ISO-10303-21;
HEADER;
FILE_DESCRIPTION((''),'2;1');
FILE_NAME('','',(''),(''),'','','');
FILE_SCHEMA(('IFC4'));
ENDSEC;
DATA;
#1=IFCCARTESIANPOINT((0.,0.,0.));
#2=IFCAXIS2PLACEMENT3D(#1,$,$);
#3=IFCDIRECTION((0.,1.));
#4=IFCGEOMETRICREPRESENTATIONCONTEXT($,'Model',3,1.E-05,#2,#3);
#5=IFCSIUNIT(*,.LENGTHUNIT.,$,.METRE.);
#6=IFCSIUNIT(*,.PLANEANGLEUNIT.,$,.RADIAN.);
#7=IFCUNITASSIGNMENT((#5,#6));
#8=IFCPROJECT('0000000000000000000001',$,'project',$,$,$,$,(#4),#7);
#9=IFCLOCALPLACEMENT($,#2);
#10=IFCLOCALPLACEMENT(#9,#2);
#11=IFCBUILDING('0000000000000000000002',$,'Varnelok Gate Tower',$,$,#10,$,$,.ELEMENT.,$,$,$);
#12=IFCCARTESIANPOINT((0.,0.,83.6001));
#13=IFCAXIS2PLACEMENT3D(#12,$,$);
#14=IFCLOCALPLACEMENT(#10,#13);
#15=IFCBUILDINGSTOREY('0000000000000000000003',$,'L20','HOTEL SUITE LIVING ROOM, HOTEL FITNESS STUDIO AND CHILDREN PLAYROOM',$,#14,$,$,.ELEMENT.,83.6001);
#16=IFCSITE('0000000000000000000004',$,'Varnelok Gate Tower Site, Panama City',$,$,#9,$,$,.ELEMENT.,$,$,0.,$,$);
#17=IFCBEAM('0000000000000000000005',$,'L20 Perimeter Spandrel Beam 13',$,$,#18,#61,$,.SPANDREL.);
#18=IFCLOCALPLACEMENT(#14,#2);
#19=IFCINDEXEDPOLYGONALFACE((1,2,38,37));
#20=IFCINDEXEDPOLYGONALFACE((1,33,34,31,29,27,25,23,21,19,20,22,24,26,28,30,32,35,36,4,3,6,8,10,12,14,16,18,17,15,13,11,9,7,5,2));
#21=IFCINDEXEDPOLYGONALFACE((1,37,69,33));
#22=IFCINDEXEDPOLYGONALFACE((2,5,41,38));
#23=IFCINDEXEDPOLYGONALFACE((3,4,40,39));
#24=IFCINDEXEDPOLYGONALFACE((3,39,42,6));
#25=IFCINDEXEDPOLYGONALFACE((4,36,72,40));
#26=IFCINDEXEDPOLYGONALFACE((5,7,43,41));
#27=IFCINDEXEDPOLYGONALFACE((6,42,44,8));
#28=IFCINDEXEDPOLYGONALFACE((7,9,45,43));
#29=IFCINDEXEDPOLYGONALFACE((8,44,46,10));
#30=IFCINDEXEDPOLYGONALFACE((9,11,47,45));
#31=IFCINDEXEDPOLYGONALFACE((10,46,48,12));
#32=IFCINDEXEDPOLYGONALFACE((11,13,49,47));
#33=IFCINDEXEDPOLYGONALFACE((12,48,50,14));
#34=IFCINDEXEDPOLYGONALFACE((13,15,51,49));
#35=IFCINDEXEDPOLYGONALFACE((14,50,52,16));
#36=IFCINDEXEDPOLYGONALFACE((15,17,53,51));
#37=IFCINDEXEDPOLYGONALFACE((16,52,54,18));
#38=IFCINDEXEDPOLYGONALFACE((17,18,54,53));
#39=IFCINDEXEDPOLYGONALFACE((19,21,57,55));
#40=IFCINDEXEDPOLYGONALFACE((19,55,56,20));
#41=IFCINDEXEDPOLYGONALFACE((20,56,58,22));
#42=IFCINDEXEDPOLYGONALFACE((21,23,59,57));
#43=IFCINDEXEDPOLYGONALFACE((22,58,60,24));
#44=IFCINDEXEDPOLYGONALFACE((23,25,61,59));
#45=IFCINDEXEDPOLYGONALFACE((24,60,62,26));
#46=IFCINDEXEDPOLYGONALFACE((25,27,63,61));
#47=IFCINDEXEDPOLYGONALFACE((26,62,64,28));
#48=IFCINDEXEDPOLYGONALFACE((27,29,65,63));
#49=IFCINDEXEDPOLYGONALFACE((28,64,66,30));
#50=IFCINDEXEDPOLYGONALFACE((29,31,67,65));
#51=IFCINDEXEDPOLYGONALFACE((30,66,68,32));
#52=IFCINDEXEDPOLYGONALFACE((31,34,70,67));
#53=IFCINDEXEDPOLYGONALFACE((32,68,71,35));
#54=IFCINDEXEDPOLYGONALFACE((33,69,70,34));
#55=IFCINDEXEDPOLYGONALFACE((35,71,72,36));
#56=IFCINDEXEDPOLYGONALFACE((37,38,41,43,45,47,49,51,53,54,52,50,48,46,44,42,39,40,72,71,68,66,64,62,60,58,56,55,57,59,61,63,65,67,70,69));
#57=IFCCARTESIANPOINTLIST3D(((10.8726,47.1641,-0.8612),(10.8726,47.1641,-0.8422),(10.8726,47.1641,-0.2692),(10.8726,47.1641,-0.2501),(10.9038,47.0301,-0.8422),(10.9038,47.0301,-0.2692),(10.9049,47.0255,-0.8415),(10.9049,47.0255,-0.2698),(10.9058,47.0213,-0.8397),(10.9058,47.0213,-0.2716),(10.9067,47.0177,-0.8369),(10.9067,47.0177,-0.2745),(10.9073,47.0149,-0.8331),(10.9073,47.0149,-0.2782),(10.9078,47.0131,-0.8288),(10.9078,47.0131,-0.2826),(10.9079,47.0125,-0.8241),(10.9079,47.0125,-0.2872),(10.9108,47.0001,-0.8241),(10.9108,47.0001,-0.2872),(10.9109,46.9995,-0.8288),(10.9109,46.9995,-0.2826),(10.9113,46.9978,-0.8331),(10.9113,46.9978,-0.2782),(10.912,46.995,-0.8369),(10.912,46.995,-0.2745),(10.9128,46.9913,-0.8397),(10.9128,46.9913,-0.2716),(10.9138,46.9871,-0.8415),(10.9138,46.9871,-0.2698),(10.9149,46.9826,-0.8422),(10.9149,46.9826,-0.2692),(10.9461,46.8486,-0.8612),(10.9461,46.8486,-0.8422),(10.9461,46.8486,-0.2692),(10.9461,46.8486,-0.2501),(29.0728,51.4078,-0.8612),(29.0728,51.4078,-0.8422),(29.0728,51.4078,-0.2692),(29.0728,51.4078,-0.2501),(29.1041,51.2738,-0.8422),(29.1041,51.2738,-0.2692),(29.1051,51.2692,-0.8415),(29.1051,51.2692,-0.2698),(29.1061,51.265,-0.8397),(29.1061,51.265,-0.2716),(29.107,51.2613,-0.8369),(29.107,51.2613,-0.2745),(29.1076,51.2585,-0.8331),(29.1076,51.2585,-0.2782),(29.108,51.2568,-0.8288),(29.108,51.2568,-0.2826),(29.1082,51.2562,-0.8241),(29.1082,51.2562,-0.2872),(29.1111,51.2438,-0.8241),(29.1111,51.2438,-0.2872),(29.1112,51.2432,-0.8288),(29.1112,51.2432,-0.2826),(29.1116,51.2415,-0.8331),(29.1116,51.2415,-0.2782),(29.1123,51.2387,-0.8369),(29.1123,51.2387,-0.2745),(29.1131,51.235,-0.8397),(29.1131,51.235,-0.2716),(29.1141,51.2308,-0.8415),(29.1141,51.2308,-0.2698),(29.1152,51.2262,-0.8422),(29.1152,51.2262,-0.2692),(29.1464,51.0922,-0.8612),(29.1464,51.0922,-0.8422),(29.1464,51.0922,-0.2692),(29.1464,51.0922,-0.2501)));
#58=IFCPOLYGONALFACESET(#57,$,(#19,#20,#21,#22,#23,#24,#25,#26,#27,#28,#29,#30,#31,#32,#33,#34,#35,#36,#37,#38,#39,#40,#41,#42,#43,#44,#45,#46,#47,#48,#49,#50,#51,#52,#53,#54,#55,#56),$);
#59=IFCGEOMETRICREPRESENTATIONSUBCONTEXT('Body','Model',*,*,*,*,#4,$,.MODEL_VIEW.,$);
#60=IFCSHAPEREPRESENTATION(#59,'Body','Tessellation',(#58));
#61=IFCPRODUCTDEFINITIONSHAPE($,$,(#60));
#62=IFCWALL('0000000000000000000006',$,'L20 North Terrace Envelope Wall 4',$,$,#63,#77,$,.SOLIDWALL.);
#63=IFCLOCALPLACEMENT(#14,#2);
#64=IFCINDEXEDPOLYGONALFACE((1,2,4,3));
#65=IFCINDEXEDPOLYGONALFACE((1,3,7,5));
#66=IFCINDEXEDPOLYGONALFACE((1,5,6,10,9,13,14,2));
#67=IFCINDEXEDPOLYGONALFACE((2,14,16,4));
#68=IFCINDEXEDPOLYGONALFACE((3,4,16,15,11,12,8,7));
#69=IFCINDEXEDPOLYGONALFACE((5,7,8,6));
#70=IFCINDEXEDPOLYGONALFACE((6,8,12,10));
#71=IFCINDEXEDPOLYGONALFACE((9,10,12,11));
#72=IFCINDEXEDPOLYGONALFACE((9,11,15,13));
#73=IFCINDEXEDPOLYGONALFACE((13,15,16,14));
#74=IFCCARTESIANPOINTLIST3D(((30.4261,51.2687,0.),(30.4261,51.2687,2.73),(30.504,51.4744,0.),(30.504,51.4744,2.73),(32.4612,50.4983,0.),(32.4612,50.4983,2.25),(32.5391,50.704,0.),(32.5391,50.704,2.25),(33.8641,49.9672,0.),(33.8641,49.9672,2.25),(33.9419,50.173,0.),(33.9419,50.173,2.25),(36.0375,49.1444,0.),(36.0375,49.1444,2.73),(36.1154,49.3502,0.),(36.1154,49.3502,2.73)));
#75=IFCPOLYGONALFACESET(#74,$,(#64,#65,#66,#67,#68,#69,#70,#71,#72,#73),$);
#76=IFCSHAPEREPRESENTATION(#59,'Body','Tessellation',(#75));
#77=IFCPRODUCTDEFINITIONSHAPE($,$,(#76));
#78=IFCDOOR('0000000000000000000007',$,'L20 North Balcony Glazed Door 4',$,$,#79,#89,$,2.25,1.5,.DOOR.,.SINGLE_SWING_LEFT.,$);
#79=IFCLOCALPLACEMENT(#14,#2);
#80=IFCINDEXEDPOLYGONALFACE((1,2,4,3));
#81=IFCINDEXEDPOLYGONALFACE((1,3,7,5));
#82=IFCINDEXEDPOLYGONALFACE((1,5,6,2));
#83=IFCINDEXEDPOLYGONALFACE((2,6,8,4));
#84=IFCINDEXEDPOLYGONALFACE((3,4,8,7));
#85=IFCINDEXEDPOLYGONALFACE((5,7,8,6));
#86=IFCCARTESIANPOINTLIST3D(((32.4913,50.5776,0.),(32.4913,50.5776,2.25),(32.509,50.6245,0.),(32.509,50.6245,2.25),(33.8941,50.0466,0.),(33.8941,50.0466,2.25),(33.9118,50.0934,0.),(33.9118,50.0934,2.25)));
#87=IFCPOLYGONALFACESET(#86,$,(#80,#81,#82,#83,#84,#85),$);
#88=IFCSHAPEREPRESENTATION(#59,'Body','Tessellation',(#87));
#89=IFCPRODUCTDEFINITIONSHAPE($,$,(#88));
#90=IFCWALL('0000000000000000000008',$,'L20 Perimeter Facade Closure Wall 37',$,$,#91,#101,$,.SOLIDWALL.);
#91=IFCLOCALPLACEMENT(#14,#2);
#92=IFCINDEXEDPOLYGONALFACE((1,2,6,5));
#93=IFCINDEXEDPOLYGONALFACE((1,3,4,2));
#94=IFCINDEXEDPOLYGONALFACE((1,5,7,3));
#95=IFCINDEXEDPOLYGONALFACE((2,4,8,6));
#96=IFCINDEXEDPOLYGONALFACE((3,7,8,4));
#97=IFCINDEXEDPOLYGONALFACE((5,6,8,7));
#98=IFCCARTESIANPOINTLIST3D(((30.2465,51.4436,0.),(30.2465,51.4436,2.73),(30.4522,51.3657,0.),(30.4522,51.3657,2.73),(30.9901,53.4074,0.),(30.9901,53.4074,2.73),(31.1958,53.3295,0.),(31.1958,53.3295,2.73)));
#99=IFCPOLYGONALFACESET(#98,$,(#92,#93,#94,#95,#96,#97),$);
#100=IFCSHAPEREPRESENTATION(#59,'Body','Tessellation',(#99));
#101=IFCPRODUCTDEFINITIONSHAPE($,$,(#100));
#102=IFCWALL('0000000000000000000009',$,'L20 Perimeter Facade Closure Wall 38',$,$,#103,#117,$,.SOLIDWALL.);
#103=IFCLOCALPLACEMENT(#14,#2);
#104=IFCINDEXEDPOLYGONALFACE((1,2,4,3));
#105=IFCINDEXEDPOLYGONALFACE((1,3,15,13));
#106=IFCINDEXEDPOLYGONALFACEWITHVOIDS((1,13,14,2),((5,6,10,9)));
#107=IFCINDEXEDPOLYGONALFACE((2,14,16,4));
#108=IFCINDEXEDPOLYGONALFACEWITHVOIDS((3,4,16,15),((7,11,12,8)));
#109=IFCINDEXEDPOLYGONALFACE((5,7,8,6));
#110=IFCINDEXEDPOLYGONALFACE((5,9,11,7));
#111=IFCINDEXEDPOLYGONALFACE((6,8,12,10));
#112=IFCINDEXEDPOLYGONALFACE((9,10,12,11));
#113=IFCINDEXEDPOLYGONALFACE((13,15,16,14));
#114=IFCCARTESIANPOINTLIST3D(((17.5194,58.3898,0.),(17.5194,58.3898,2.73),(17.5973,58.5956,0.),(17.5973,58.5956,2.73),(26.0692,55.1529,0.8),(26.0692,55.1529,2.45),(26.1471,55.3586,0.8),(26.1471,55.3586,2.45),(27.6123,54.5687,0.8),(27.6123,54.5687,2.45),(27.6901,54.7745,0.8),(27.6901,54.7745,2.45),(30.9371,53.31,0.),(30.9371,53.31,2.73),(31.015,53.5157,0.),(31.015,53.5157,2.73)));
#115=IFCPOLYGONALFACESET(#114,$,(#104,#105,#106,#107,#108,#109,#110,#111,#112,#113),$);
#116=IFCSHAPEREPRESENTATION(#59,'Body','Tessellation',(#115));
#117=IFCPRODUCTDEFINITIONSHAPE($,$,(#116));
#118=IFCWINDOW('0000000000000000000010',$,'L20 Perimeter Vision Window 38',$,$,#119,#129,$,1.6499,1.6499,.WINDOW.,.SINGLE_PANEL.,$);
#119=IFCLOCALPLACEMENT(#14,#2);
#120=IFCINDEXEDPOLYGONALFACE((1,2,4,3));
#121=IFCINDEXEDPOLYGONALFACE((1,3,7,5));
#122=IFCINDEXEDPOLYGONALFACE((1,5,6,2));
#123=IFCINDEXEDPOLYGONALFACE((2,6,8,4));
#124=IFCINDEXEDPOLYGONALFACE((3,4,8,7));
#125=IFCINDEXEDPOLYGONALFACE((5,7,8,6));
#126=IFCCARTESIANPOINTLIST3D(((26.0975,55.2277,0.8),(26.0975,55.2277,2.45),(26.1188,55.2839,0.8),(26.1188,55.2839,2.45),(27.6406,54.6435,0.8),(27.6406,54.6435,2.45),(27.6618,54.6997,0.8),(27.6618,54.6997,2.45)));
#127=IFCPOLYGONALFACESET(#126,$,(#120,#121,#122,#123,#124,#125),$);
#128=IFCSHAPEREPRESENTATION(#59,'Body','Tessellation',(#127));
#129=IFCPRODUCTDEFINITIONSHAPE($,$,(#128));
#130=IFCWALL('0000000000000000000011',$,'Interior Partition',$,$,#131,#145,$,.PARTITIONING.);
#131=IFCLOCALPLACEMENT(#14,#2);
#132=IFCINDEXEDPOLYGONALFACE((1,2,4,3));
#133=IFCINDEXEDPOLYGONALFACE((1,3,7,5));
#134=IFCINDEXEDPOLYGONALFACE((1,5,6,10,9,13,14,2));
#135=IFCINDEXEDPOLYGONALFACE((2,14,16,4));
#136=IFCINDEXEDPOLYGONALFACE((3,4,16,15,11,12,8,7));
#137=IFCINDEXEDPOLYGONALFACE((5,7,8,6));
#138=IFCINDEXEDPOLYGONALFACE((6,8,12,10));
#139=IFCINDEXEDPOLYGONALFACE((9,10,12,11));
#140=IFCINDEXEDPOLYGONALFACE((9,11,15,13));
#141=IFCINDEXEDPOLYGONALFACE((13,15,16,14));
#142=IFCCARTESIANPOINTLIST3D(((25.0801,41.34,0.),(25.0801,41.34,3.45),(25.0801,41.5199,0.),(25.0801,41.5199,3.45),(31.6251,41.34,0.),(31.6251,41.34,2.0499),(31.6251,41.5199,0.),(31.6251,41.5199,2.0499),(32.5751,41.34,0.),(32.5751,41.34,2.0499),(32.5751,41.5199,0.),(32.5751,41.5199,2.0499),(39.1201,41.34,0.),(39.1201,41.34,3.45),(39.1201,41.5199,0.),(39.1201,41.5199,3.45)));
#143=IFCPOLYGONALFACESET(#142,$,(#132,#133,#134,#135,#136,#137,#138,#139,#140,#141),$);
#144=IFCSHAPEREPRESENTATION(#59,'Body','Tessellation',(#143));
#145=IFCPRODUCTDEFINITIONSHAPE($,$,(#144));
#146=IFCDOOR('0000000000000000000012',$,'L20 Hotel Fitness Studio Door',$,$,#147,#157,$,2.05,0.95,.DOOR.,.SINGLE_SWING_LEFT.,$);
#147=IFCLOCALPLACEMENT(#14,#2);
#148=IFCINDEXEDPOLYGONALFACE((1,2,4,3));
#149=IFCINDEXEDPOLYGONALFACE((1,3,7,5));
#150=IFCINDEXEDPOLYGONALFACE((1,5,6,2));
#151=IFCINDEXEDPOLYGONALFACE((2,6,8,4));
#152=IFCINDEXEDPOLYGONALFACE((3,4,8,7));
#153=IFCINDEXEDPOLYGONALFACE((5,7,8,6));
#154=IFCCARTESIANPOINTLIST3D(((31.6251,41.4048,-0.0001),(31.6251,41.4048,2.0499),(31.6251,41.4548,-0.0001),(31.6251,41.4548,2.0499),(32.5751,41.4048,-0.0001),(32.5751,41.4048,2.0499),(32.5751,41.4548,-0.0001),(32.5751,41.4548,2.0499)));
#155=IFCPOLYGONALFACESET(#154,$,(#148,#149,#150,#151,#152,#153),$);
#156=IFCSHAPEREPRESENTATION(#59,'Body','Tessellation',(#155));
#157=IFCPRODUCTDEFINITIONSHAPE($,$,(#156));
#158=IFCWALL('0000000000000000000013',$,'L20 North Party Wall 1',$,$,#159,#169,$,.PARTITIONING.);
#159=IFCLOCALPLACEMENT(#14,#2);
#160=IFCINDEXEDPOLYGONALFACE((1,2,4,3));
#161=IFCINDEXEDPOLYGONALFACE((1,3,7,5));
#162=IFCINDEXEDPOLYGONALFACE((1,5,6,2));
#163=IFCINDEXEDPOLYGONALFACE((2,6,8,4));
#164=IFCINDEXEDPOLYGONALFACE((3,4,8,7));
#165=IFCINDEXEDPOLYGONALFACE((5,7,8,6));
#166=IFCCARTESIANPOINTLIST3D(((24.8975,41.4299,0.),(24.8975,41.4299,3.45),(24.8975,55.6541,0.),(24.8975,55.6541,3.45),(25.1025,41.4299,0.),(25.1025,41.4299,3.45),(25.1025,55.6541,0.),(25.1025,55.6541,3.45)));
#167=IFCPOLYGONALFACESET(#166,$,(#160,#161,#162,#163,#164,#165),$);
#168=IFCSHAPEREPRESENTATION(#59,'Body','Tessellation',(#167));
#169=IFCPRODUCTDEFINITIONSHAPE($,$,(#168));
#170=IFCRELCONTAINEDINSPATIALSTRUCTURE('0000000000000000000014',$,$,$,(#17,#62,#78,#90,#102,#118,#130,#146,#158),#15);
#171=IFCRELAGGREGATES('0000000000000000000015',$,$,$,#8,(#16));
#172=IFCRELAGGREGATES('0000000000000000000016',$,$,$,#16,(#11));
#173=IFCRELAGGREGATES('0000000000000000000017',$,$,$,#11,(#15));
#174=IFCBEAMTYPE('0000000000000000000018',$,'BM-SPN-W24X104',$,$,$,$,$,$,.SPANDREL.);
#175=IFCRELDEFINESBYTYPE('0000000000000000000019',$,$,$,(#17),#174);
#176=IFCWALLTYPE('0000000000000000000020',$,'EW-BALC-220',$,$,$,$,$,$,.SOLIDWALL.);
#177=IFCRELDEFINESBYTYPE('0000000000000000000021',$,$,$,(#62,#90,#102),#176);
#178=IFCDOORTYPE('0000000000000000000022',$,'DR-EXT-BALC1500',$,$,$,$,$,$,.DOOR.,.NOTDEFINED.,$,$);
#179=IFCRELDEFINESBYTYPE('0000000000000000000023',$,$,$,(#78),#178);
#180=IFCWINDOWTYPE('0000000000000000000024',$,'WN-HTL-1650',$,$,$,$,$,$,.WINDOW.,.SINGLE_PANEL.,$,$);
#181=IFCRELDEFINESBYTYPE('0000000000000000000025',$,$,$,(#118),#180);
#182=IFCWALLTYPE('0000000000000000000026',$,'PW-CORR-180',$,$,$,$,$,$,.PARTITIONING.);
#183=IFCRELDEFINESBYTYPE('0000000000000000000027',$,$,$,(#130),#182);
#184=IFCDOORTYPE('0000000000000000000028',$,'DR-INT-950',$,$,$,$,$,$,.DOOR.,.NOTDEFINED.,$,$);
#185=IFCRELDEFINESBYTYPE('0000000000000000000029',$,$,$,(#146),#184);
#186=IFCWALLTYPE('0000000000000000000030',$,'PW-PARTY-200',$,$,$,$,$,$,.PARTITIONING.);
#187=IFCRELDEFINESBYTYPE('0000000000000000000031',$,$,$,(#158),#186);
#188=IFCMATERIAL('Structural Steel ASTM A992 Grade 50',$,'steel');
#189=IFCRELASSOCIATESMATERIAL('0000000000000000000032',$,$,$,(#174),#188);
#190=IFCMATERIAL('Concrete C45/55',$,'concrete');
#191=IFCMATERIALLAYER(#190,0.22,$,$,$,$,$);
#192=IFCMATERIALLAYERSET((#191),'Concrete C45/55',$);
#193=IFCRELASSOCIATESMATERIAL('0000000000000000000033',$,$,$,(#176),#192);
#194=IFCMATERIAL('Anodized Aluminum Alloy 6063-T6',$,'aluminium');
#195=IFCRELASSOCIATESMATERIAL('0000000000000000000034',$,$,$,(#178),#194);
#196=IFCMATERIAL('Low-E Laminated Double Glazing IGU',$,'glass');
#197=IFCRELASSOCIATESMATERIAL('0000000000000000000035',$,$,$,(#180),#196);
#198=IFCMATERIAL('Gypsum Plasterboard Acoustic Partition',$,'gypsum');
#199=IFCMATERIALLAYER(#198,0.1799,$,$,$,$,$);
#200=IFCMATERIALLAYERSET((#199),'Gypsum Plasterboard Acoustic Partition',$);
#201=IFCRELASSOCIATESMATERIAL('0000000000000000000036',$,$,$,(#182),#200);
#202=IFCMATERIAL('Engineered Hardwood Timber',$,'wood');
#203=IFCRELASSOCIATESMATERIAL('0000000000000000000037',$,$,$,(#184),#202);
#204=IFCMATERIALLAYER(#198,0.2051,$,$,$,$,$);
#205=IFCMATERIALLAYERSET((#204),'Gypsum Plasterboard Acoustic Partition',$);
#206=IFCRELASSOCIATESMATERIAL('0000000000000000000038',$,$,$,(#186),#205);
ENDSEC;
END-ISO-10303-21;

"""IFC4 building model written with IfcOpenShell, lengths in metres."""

from ifc_helpers import new_model, si_unit, direction, frame, frame_2d, origin, origin_2d, place, context, subcontext, project, spatial, rectangle, i_section, extrude, material, layer, layer_set, material_profile, profile_set, type_object, element, fill, save


model = new_model("IFC4")

# Units and contexts
model_context = context("Model", 3, precision=1e-05, world=origin(), true_north=direction((0.0, 1.0)))
body_context = subcontext(model_context, "Body", "Model", "MODEL_VIEW")
ifc_project = project(units=[si_unit("LENGTHUNIT", "METRE"), si_unit("PLANEANGLEUNIT", "RADIAN")], contexts=[model_context])

# Site, building, storey
site_placement = place(None, origin())
site = spatial("IfcSite", under=ifc_project, at=site_placement, Name="Varnelok Gate Tower Site, Panama City", CompositionType="ELEMENT", RefElevation=0.0)
building_placement = place(site_placement, origin())
building = spatial("IfcBuilding", under=site, at=building_placement, Name="Varnelok Gate Tower", CompositionType="ELEMENT")
storey_placement = place(building_placement, frame((0.0, 0.0, 83.6001)))
storey = spatial("IfcBuildingStorey", under=building, at=storey_placement, Name="L20", Description="HOTEL SUITE LIVING ROOM, HOTEL FITNESS STUDIO AND CHILDREN PLAYROOM", CompositionType="ELEMENT", Elevation=83.6001)

# Shared definitions
ifc_material_1 = material(Name="Structural Steel ASTM A992 Grade 50", Category="steel")

# Beam
ifc_material_profile_1 = material_profile(ifc_material_1, i_section(OverallWidth=0.324, OverallDepth=0.6111, WebThickness=0.0127, FlangeThickness=0.019, FilletRadius=0.0181, at=origin_2d()), Name="W24X104")
ifc_profile_set_1 = profile_set([ifc_material_profile_1], Name="Structural Steel ASTM A992 Grade 50")
beam_type_1 = type_object("IfcBeamType", Name="BM-SPN-W24X104", PredefinedType="SPANDREL", material=ifc_profile_set_1)
beam_1_placement = place(storey_placement, frame((29.1096, 51.25, -0.5557), z_axis=(-0.973877, -0.227074, 0.0), x_axis=(0.227074, -0.973877, 0.0)))
element("IfcBeam", 1, at=beam_1_placement, inside=storey, type_object=beam_type_1, Name="L20 Perimeter Spandrel Beam 13", PredefinedType="SPANDREL", context=body_context, shape_type="SweptSolid", body=[
    extrude(i_section(OverallWidth=0.324, OverallDepth=0.6111, WebThickness=0.0127, FlangeThickness=0.019, FilletRadius=0.0181, at=origin_2d()), origin(), (0.0, 0.0, 1.0), 18.6885),
])

# Wall, opening, door
ifc_material_2 = material(Name="Concrete C45/55", Category="concrete")
ifc_layer_1 = layer(ifc_material_2, 0.22)
ifc_layer_set_1 = layer_set([ifc_layer_1], Name="Concrete C45/55")
wall_type_1 = type_object("IfcWallType", Name="EW-BALC-220", PredefinedType="SOLIDWALL", material=ifc_layer_set_1)
wall_1_placement = place(storey_placement, frame((30.4651, 51.3716, 0.0), z_axis=(0.0, 0.0, 1.0), x_axis=(0.935228, -0.354047, 0.0)))
wall_1 = element("IfcWall", 2, at=wall_1_placement, inside=storey, type_object=wall_type_1, Name="L20 North Terrace Envelope Wall 4", PredefinedType="SOLIDWALL", context=body_context, shape_type="SweptSolid", body=[
    extrude(rectangle(XDim=6.0, YDim=0.22, at=frame_2d((3.0, 0.0))), origin(), (0.0, 0.0, 1.0), 2.73),
])
opening_1_placement = place(wall_1_placement, frame((2.176, 0.0, 0.0)))
opening_1 = element("IfcOpeningElement", 3, at=opening_1_placement, cuts=wall_1, PredefinedType="OPENING", context=body_context, shape_type="SweptSolid", body=[
    extrude(rectangle(XDim=1.5, YDim=2.25, at=frame_2d((0.75, 1.125))), frame((0.0, 0.1199, 0.0), z_axis=(0.0, -1.0, 0.0), x_axis=(1.0, 0.0, 0.0)), (0.0, 0.0, 1.0), 0.24),
])
ifc_material_3 = material(Name="Anodized Aluminum Alloy 6063-T6", Category="aluminium")
door_type_1 = type_object("IfcDoorType", Name="DR-EXT-BALC1500", OperationType="NOTDEFINED", PredefinedType="DOOR", material=ifc_material_3)
door_1_placement = place(opening_1_placement, origin())
door_1 = element("IfcDoor", 4, at=door_1_placement, inside=storey, type_object=door_type_1, Name="L20 North Balcony Glazed Door 4", OperationType="SINGLE_SWING_LEFT", OverallHeight=2.25, OverallWidth=1.5, PredefinedType="DOOR", context=body_context, shape_type="SweptSolid", body=[
    extrude(rectangle(XDim=1.5, YDim=2.25, at=frame_2d((0.75, 1.125))), frame((0.0, 0.0249, 0.0), z_axis=(0.0, -1.0, 0.0), x_axis=(1.0, 0.0, 0.0)), (0.0, 0.0, 1.0), 0.05),
])
fill(opening_1, door_1)

# Wall
wall_2_placement = place(storey_placement, frame((30.3494, 51.4048, 0.0), z_axis=(0.0, 0.0, 1.0), x_axis=(0.354128, 0.935197, 0.0)))
element("IfcWall", 5, at=wall_2_placement, inside=storey, type_object=wall_type_1, Name="L20 Perimeter Facade Closure Wall 37", PredefinedType="SOLIDWALL", context=body_context, shape_type="SweptSolid", body=[
    extrude(rectangle(XDim=2.0999, YDim=0.22, at=frame_2d((1.0498, 0.0))), origin(), (0.0, 0.0, 1.0), 2.73),
])

# Wall, opening, window
wall_3_placement = place(storey_placement, frame((30.9761, 53.4128, 0.0), z_axis=(0.0, 0.0, 1.0), x_axis=(-0.93522, 0.354066, 0.0)))
wall_3 = element("IfcWall", 6, at=wall_3_placement, inside=storey, type_object=wall_type_1, Name="L20 Perimeter Facade Closure Wall 38", PredefinedType="SOLIDWALL", context=body_context, shape_type="SweptSolid", body=[
    extrude(rectangle(XDim=14.3472, YDim=0.22, at=frame_2d((7.1736, 0.0))), origin(), (0.0, 0.0, 1.0), 2.73),
])
opening_2_placement = place(wall_3_placement, frame((3.5552, 0.0, 0.8)))
opening_2 = element("IfcOpeningElement", 7, at=opening_2_placement, cuts=wall_3, PredefinedType="OPENING", context=body_context, shape_type="SweptSolid", body=[
    extrude(rectangle(XDim=1.6499, YDim=1.6499, at=frame_2d((0.825, 0.825))), frame((0.0, 0.1199, 0.0), z_axis=(0.0, -1.0, 0.0), x_axis=(1.0, 0.0, 0.0)), (0.0, 0.0, 1.0), 0.24),
])
ifc_material_4 = material(Name="Low-E Laminated Double Glazing IGU", Category="glass")
window_type = type_object("IfcWindowType", Name="WN-HTL-1650", PartitioningType="SINGLE_PANEL", PredefinedType="WINDOW", material=ifc_material_4)
window_placement = place(opening_2_placement, origin())
window = element("IfcWindow", 8, at=window_placement, inside=storey, type_object=window_type, Name="L20 Perimeter Vision Window 38", OverallHeight=1.6499, OverallWidth=1.6499, PartitioningType="SINGLE_PANEL", PredefinedType="WINDOW", context=body_context, shape_type="SweptSolid", body=[
    extrude(rectangle(XDim=1.6499, YDim=1.6499, at=frame_2d((0.825, 0.825))), frame((0.0, 0.03, 0.0), z_axis=(0.0, -1.0, 0.0), x_axis=(1.0, 0.0, 0.0)), (0.0, 0.0, 1.0), 0.0601),
])
fill(opening_2, window)

# Wall, opening, door
ifc_material_5 = material(Name="Gypsum Plasterboard Acoustic Partition", Category="gypsum")
ifc_layer_2 = layer(ifc_material_5, 0.1799)
ifc_layer_set_2 = layer_set([ifc_layer_2], Name="Gypsum Plasterboard Acoustic Partition")
wall_type_2 = type_object("IfcWallType", Name="PW-CORR-180", PredefinedType="PARTITIONING", material=ifc_layer_set_2)
wall_4_placement = place(storey_placement, frame((25.0801, 41.4299, 0.0), z_axis=(0.0, 0.0, 1.0), x_axis=(1.0, 0.0, 0.0)))
wall_4 = element("IfcWall", 9, at=wall_4_placement, inside=storey, type_object=wall_type_2, Name="Interior Partition", PredefinedType="PARTITIONING", context=body_context, shape_type="SweptSolid", body=[
    extrude(rectangle(XDim=14.04, YDim=0.1799, at=frame_2d((7.02, 0.0))), origin(), (0.0, 0.0, 1.0), 3.45),
])
opening_3_placement = place(wall_4_placement, frame((6.5449, 0.0, 0.0)))
opening_3 = element("IfcOpeningElement", 10, at=opening_3_placement, cuts=wall_4, PredefinedType="OPENING", context=body_context, shape_type="SweptSolid", body=[
    extrude(rectangle(XDim=0.95, YDim=2.05, at=frame_2d((0.4751, 1.0249))), frame((0.0, 0.0999, 0.0), z_axis=(0.0, -1.0, 0.0), x_axis=(1.0, 0.0, 0.0)), (0.0, 0.0, 1.0), 0.2),
])
ifc_material_6 = material(Name="Engineered Hardwood Timber", Category="wood")
door_type_2 = type_object("IfcDoorType", Name="DR-INT-950", OperationType="NOTDEFINED", PredefinedType="DOOR", material=ifc_material_6)
door_2_placement = place(opening_3_placement, origin())
door_2 = element("IfcDoor", 11, at=door_2_placement, inside=storey, type_object=door_type_2, Name="L20 Hotel Fitness Studio Door", OperationType="SINGLE_SWING_LEFT", OverallHeight=2.05, OverallWidth=0.95, PredefinedType="DOOR", context=body_context, shape_type="SweptSolid", body=[
    extrude(rectangle(XDim=0.95, YDim=2.05, at=frame_2d((0.4751, 1.0249))), frame((0.0, 0.0249, 0.0), z_axis=(0.0, -1.0, 0.0), x_axis=(1.0, 0.0, 0.0)), (0.0, 0.0, 1.0), 0.05),
])
fill(opening_3, door_2)

# Wall
ifc_layer_3 = layer(ifc_material_5, 0.2051)
ifc_layer_set_3 = layer_set([ifc_layer_3], Name="Gypsum Plasterboard Acoustic Partition")
wall_type_3 = type_object("IfcWallType", Name="PW-PARTY-200", PredefinedType="PARTITIONING", material=ifc_layer_set_3)
wall_5_placement = place(storey_placement, frame((25.0, 41.4299, 0.0), z_axis=(0.0, 0.0, 1.0), x_axis=(0.0, 1.0, 0.0)))
element("IfcWall", 12, at=wall_5_placement, inside=storey, type_object=wall_type_3, Name="L20 North Party Wall 1", PredefinedType="PARTITIONING", context=body_context, shape_type="SweptSolid", body=[
    extrude(rectangle(XDim=14.2241, YDim=0.2051, at=frame_2d((7.1121, 0.0))), origin(), (0.0, 0.0, 1.0), 3.45),
])

save(model, "model.ifc")
